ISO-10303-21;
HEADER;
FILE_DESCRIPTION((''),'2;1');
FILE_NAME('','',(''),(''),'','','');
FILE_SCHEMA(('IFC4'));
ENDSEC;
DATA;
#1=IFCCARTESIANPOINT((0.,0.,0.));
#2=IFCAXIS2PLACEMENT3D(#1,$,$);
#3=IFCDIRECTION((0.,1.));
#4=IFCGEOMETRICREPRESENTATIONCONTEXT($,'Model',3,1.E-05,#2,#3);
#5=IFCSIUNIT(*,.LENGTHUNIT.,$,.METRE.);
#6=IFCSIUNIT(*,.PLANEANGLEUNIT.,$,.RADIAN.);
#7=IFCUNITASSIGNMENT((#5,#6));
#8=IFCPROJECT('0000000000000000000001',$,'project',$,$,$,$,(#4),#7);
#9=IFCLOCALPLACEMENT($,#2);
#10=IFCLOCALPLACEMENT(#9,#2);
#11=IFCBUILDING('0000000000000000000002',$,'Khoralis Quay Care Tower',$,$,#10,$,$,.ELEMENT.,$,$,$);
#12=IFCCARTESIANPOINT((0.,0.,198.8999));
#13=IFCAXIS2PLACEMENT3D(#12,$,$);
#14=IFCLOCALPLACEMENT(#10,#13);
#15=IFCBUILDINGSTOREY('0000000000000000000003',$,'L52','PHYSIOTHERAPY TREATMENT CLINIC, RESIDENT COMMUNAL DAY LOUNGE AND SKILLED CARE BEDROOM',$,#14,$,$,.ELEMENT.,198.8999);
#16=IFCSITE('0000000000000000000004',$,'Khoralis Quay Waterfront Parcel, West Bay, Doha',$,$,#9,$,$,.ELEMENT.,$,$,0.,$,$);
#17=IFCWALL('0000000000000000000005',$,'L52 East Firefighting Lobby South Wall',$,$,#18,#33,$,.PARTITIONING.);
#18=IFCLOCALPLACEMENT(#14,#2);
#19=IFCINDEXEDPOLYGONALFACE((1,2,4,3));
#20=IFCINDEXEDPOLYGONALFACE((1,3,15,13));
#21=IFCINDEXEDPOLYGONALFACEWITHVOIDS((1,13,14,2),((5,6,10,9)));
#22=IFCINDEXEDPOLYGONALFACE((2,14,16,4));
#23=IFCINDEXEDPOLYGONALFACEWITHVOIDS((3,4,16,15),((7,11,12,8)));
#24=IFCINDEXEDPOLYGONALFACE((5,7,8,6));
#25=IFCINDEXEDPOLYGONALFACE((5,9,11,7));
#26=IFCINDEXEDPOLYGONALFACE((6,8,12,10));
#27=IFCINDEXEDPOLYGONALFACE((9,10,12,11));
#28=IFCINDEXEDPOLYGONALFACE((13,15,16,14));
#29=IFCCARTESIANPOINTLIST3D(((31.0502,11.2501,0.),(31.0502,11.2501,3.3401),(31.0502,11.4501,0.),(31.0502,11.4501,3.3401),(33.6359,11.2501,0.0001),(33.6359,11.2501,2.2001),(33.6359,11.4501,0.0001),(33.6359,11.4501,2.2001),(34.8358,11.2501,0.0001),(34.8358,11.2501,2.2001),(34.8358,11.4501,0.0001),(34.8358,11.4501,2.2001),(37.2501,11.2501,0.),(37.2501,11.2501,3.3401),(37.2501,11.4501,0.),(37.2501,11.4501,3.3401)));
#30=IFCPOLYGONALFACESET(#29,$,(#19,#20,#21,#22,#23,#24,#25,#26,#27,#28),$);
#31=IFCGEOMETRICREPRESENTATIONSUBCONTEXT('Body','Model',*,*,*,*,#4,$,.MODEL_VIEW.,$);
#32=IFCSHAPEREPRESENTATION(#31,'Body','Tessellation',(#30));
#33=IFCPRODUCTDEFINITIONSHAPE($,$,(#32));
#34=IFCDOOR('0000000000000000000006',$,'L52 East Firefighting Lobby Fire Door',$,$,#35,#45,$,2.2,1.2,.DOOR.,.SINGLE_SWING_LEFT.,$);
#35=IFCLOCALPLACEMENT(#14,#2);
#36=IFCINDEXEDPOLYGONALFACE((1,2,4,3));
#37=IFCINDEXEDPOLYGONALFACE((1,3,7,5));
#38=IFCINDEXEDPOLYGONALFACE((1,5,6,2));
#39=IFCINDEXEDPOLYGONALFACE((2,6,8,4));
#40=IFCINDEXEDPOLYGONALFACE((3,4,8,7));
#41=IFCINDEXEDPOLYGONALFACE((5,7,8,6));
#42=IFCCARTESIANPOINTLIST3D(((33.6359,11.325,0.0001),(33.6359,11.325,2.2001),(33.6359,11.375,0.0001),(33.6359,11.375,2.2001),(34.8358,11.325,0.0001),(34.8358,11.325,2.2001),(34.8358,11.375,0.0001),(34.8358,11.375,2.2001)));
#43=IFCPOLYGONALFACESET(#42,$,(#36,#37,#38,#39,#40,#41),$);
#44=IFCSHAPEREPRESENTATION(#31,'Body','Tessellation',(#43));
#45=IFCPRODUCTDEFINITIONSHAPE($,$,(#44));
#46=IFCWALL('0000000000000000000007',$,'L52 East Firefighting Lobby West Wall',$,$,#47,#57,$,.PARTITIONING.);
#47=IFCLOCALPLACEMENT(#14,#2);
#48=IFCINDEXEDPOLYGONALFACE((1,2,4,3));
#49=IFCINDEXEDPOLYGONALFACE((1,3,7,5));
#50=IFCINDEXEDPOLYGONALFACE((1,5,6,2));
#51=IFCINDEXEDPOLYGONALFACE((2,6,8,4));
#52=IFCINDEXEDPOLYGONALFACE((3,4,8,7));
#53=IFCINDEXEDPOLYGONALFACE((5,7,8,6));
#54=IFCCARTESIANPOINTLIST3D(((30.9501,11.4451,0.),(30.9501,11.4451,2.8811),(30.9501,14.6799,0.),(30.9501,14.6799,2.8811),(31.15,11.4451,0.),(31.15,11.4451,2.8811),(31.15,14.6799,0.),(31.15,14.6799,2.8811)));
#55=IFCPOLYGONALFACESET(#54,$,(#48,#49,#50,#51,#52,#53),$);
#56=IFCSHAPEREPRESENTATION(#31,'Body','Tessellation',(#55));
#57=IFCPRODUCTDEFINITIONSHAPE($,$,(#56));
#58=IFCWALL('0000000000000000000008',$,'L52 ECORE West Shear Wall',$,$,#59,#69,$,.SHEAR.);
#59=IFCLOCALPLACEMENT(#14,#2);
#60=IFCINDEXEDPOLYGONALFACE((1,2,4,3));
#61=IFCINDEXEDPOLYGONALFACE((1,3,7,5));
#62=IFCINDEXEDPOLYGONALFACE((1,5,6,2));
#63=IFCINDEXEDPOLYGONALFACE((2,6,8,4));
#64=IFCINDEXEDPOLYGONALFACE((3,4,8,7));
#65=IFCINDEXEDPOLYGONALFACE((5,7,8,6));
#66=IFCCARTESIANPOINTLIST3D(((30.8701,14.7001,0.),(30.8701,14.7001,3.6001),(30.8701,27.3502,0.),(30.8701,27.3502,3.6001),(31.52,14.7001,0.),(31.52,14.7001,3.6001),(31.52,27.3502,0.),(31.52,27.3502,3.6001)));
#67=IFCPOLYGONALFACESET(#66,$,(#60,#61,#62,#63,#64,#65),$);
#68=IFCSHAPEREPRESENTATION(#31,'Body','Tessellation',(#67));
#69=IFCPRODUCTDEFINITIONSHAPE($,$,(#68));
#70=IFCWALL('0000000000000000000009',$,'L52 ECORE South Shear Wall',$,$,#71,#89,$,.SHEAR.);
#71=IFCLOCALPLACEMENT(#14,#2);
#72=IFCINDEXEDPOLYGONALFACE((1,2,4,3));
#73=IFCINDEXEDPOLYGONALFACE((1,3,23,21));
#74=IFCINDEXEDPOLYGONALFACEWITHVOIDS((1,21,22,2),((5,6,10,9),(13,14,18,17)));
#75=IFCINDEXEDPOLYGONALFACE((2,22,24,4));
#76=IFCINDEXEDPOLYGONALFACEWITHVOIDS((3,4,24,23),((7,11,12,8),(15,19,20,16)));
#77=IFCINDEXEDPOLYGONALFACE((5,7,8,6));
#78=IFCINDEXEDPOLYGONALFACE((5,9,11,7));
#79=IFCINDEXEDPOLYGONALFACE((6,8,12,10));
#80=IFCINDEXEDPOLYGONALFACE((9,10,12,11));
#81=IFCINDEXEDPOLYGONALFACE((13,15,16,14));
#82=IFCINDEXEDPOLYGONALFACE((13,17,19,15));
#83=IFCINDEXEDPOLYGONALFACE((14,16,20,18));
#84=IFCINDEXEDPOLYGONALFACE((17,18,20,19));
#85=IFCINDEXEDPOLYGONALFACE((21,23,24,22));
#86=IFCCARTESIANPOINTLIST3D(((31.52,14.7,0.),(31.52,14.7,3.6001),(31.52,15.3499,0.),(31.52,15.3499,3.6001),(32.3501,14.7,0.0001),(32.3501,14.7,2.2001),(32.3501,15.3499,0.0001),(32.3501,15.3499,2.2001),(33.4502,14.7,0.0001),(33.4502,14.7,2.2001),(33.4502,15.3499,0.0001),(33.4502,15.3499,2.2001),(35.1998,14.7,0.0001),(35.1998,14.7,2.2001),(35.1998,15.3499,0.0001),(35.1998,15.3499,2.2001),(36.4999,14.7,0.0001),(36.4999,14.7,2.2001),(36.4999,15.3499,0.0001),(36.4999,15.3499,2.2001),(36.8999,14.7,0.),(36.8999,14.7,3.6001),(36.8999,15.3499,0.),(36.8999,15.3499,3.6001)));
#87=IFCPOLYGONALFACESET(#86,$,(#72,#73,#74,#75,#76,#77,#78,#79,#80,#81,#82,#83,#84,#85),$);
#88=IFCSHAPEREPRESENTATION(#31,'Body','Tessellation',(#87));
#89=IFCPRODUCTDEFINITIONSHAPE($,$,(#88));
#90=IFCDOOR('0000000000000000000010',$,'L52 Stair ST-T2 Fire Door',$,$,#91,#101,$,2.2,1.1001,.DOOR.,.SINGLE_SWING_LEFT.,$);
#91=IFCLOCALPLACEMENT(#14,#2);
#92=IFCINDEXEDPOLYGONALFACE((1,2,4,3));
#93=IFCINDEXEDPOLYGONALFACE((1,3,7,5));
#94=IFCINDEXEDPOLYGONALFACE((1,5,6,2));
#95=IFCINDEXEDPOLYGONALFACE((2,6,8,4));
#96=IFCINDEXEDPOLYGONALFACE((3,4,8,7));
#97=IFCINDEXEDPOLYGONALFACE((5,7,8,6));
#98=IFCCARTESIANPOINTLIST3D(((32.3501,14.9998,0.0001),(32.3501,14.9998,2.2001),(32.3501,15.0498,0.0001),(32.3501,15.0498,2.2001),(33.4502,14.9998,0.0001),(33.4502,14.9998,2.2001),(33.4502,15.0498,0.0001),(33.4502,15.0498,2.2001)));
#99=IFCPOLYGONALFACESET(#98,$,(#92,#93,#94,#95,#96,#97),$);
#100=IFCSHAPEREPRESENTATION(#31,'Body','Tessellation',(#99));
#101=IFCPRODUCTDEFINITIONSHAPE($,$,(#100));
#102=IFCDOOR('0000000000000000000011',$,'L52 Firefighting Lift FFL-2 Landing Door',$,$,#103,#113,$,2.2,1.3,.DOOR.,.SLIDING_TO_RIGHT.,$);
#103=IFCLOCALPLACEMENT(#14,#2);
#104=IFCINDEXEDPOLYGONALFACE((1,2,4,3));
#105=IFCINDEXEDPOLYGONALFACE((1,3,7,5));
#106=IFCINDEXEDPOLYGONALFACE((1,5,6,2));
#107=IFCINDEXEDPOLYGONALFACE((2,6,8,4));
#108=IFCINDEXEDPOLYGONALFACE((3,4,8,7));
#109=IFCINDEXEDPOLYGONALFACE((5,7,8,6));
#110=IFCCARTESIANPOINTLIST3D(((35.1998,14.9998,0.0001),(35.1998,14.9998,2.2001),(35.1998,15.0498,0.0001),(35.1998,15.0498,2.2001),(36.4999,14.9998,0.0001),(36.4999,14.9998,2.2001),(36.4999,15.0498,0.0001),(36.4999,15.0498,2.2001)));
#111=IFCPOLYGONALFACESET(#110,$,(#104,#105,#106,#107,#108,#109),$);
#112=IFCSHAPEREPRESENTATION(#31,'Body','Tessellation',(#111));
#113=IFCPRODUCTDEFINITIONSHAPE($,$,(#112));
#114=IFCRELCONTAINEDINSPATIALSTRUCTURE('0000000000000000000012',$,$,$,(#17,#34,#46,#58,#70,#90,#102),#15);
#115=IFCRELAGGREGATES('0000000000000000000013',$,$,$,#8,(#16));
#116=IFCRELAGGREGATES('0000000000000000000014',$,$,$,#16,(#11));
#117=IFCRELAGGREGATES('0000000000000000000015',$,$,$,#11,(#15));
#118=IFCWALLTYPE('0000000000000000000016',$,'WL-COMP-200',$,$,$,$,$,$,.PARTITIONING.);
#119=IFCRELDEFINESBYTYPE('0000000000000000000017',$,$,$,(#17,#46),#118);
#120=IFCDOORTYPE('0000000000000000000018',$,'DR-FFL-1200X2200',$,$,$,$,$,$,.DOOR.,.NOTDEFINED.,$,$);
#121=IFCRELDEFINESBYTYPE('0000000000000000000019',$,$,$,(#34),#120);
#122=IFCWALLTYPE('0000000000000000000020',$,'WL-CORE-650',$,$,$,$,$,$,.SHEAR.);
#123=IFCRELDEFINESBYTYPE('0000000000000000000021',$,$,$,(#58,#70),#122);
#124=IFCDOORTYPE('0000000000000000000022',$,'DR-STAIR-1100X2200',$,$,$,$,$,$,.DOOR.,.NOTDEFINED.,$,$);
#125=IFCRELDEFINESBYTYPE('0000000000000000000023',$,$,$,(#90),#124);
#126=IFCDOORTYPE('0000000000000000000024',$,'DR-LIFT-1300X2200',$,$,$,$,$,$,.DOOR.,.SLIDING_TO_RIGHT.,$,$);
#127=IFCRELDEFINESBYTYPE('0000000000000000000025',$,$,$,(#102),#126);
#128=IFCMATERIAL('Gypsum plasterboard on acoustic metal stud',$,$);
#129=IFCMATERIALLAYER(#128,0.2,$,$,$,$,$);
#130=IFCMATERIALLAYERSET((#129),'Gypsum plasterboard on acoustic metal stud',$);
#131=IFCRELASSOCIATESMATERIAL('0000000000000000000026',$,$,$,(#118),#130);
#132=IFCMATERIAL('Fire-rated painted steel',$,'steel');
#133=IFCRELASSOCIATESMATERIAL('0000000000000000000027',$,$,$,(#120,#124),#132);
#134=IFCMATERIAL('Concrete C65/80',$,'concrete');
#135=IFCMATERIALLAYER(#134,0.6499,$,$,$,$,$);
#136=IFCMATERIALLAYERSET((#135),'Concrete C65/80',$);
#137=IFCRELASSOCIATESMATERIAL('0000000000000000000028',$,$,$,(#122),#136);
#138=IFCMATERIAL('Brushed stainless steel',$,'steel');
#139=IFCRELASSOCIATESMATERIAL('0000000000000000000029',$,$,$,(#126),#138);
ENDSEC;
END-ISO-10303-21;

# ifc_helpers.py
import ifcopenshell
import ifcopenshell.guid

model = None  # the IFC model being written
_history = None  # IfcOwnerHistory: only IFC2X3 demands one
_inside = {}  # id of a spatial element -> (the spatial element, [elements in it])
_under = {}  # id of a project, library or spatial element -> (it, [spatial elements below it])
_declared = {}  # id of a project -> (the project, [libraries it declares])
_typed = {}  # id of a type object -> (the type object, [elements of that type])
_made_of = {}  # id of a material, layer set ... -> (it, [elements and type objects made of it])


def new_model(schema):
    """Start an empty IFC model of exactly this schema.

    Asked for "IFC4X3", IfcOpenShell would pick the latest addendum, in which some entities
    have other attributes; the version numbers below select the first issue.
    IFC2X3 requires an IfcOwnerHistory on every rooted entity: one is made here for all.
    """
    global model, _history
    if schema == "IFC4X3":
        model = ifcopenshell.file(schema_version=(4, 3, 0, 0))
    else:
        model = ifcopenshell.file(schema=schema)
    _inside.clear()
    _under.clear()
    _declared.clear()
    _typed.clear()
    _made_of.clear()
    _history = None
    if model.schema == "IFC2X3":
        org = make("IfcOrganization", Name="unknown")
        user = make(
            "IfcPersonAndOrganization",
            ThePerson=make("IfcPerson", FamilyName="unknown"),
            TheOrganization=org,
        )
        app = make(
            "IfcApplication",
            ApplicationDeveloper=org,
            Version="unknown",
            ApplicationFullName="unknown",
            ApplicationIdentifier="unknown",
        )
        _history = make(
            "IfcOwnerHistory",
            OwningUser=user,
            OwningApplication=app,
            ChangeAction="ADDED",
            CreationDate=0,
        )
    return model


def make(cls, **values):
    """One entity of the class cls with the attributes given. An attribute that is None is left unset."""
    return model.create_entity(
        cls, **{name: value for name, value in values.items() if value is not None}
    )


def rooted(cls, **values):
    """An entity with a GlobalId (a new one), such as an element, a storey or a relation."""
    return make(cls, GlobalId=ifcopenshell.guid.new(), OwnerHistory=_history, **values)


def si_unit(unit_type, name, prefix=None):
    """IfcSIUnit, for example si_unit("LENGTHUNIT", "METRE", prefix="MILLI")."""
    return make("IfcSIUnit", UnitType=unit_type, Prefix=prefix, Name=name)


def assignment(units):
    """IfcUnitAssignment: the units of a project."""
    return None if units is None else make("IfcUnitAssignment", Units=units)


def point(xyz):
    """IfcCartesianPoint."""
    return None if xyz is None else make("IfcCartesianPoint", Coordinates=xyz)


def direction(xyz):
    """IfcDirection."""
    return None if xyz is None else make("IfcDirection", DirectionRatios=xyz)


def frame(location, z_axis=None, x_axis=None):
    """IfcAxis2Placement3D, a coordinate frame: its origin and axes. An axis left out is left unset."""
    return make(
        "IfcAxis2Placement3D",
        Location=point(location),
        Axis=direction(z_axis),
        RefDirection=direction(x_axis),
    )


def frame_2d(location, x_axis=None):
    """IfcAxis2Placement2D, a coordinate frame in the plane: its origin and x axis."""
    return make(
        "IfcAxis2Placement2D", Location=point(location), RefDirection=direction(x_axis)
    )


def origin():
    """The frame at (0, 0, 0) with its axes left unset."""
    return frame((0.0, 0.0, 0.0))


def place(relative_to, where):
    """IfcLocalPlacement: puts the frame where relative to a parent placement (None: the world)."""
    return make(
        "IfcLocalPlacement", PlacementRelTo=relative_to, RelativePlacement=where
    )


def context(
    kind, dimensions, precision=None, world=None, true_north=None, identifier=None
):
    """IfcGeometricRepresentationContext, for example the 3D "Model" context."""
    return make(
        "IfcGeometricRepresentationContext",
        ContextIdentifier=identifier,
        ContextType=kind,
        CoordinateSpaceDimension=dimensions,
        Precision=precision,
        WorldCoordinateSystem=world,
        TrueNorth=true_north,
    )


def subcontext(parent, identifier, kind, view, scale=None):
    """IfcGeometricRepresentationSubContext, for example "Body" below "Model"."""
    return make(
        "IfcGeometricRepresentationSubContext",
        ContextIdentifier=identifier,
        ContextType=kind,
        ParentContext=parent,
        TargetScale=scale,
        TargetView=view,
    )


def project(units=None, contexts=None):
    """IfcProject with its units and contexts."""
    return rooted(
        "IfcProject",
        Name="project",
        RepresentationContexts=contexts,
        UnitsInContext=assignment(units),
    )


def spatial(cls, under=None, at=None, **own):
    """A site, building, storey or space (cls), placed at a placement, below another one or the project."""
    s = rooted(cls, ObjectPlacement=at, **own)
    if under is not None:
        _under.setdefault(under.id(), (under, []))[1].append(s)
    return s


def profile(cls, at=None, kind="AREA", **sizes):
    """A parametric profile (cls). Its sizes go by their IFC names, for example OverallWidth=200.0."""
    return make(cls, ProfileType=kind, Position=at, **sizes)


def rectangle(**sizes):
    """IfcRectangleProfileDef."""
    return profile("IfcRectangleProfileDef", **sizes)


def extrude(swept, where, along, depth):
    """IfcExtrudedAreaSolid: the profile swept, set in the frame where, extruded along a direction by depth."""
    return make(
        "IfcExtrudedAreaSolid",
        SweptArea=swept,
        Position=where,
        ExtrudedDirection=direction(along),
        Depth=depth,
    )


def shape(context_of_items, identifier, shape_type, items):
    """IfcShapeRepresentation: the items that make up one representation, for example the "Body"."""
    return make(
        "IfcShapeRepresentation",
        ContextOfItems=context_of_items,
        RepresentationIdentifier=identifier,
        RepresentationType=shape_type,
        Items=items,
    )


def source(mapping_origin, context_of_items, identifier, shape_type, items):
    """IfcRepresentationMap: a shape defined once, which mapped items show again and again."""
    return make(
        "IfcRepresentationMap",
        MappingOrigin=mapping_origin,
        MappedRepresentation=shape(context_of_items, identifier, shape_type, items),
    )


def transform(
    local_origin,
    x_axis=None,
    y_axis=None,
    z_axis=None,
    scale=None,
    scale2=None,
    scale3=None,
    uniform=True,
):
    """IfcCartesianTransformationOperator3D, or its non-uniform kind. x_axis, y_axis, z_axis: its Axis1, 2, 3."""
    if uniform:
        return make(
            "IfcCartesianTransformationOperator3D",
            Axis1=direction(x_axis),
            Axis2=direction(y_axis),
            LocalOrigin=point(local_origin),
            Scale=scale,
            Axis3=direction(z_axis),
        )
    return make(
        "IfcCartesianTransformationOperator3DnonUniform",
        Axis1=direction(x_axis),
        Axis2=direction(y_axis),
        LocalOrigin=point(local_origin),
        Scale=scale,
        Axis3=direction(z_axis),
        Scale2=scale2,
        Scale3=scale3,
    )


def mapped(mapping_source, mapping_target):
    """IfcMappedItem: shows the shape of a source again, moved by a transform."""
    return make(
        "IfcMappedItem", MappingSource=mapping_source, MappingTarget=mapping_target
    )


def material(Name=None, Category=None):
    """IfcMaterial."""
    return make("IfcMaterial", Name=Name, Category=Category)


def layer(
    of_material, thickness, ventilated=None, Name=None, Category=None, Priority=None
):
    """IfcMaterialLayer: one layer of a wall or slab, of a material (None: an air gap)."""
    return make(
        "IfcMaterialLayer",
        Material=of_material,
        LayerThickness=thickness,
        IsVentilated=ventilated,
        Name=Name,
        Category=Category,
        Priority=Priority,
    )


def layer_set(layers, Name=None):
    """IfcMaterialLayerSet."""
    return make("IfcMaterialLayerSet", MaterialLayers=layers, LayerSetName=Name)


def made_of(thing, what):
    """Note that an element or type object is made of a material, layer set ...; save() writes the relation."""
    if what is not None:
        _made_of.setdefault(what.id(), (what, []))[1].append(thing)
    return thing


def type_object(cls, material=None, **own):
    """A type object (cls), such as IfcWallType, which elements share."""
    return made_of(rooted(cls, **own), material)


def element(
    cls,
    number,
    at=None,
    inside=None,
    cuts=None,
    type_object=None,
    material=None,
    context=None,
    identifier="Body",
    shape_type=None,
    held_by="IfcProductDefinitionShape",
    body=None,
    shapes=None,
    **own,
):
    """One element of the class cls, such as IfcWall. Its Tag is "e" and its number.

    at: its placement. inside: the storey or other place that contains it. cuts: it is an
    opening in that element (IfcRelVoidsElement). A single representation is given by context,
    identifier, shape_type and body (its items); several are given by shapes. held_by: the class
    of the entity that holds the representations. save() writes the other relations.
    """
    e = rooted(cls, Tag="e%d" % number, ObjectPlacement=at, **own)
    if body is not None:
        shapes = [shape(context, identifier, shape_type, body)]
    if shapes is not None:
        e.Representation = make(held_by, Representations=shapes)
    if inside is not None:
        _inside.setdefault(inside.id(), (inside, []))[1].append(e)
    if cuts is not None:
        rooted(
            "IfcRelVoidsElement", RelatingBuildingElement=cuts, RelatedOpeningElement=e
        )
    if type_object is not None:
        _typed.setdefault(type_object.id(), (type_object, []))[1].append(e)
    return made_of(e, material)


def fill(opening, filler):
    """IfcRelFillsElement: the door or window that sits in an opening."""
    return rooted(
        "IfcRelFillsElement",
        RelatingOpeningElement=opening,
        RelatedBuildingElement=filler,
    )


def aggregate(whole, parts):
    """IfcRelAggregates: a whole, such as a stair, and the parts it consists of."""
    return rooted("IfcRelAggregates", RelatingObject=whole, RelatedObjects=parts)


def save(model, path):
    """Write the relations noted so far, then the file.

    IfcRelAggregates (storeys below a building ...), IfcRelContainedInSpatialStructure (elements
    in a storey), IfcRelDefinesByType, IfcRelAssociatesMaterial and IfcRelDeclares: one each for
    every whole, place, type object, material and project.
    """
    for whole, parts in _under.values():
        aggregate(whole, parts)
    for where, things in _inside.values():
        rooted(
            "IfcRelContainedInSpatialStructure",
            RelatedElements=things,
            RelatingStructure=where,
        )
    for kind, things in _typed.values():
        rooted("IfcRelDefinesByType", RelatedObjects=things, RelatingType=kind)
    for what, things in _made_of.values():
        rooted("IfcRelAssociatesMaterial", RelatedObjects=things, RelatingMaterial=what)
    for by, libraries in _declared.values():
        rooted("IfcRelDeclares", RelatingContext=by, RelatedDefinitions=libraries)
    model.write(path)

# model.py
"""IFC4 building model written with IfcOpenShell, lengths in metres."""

from ifc_helpers import new_model, si_unit, direction, frame, frame_2d, origin, place, context, subcontext, project, spatial, rectangle, extrude, source, transform, mapped, material, layer, layer_set, type_object, element, fill, save


model = new_model("IFC4")

# Units and contexts
model_context = context("Model", 3, precision=1e-05, world=origin(), true_north=direction((0.0, 1.0)))
body_context = subcontext(model_context, "Body", "Model", "MODEL_VIEW")
ifc_project = project(units=[si_unit("LENGTHUNIT", "METRE"), si_unit("PLANEANGLEUNIT", "RADIAN")], contexts=[model_context])

# Site, building, storey
site_placement = place(None, origin())
site = spatial("IfcSite", under=ifc_project, at=site_placement, Name="Khoralis Quay Waterfront Parcel, West Bay, Doha", CompositionType="ELEMENT", RefElevation=0.0)
building_placement = place(site_placement, origin())
building = spatial("IfcBuilding", under=site, at=building_placement, Name="Khoralis Quay Care Tower", CompositionType="ELEMENT")
storey_placement = place(building_placement, frame((0.0, 0.0, 198.8999)))
storey = spatial("IfcBuildingStorey", under=building, at=storey_placement, Name="L52", Description="PHYSIOTHERAPY TREATMENT CLINIC, RESIDENT COMMUNAL DAY LOUNGE AND SKILLED CARE BEDROOM", CompositionType="ELEMENT", Elevation=198.8999)

# Wall, opening, door
ifc_material_1 = material(Name="Gypsum plasterboard on acoustic metal stud")
ifc_layer_1 = layer(ifc_material_1, 0.2)
ifc_layer_set_1 = layer_set([ifc_layer_1], Name="Gypsum plasterboard on acoustic metal stud")
wall_type_1 = type_object("IfcWallType", Name="WL-COMP-200", PredefinedType="PARTITIONING", material=ifc_layer_set_1)
wall_1_placement = place(storey_placement, frame((31.05, 11.3501, 0.0), z_axis=(0.0, 0.0, 1.0), x_axis=(1.0, 0.0, 0.0)))
wall_1 = element("IfcWall", 1, at=wall_1_placement, inside=storey, type_object=wall_type_1, Name="L52 East Firefighting Lobby South Wall", PredefinedType="PARTITIONING", context=body_context, shape_type="SweptSolid", body=[
    extrude(rectangle(XDim=6.2, YDim=0.2, at=frame_2d((3.1001, 0.0))), origin(), (0.0, 0.0, 1.0), 3.3401),
])
opening_1_placement = place(wall_1_placement, frame((2.5857, 0.0, 0.0)))
opening_1 = element("IfcOpeningElement", 2, at=opening_1_placement, cuts=wall_1, PredefinedType="OPENING", context=body_context, shape_type="SweptSolid", body=[
    extrude(rectangle(XDim=1.2, YDim=2.2, at=frame_2d((0.6001, 1.1001))), frame((0.0, 0.1099, 0.0), z_axis=(0.0, -1.0, 0.0), x_axis=(1.0, 0.0, 0.0)), (0.0, 0.0, 1.0), 0.22),
])
ifc_material_2 = material(Name="Fire-rated painted steel", Category="steel")
door_type_1 = type_object("IfcDoorType", Name="DR-FFL-1200X2200", OperationType="NOTDEFINED", PredefinedType="DOOR", material=ifc_material_2)
shared_shape_1 = source(origin(), body_context, "Body", "SweptSolid", [
    extrude(rectangle(XDim=1.2, YDim=2.2, at=frame_2d((0.6001, 1.1001))), frame((0.0, 0.0249, 0.0), z_axis=(0.0, -1.0, 0.0), x_axis=(1.0, 0.0, 0.0)), (0.0, 0.0, 1.0), 0.05),
])
door_1_placement = place(opening_1_placement, origin())
door_1 = element("IfcDoor", 3, at=door_1_placement, inside=storey, type_object=door_type_1, Name="L52 East Firefighting Lobby Fire Door", OperationType="SINGLE_SWING_LEFT", OverallHeight=2.2, OverallWidth=1.2, PredefinedType="DOOR", context=body_context, shape_type="MappedRepresentation", body=[
    mapped(shared_shape_1, transform((0.0, 0.0, 0.0), scale=1.0)),
])
fill(opening_1, door_1)

# Walls
wall_2_placement = place(storey_placement, frame((31.05, 11.4451, 0.0), z_axis=(0.0, 0.0, 1.0), x_axis=(0.0, 1.0, 0.0)))
element("IfcWall", 4, at=wall_2_placement, inside=storey, type_object=wall_type_1, Name="L52 East Firefighting Lobby West Wall", PredefinedType="PARTITIONING", context=body_context, shape_type="SweptSolid", body=[
    extrude(rectangle(XDim=3.2349, YDim=0.2, at=frame_2d((1.6174, 0.0))), origin(), (0.0, 0.0, 1.0), 2.8811),
])
ifc_material_3 = material(Name="Concrete C65/80", Category="concrete")
ifc_layer_2 = layer(ifc_material_3, 0.6499)
ifc_layer_set_2 = layer_set([ifc_layer_2], Name="Concrete C65/80")
wall_type_2 = type_object("IfcWallType", Name="WL-CORE-650", PredefinedType="SHEAR", material=ifc_layer_set_2)
wall_3_placement = place(storey_placement, frame((31.1951, 14.7, 0.0), z_axis=(0.0, 0.0, 1.0), x_axis=(0.0, 1.0, 0.0)))
element("IfcWall", 5, at=wall_3_placement, inside=storey, type_object=wall_type_2, Name="L52 ECORE West Shear Wall", PredefinedType="SHEAR", context=body_context, shape_type="SweptSolid", body=[
    extrude(rectangle(XDim=12.6501, YDim=0.6499, at=frame_2d((6.3252, 0.0))), origin(), (0.0, 0.0, 1.0), 3.6001),
])

# Wall, openings, doors
wall_4_placement = place(storey_placement, frame((31.52, 15.0249, 0.0), z_axis=(0.0, 0.0, 1.0), x_axis=(1.0, 0.0, 0.0)))
wall_4 = element("IfcWall", 6, at=wall_4_placement, inside=storey, type_object=wall_type_2, Name="L52 ECORE South Shear Wall", PredefinedType="SHEAR", context=body_context, shape_type="SweptSolid", body=[
    extrude(rectangle(XDim=5.3799, YDim=0.6499, at=frame_2d((2.6899, 0.0))), origin(), (0.0, 0.0, 1.0), 3.6001),
])
opening_2_placement = place(wall_4_placement, frame((0.8301, 0.0, 0.0)))
opening_2 = element("IfcOpeningElement", 7, at=opening_2_placement, cuts=wall_4, PredefinedType="OPENING", context=body_context, shape_type="SweptSolid", body=[
    extrude(rectangle(XDim=1.1001, YDim=2.2, at=frame_2d((0.55, 1.1001))), frame((0.0, 0.335, 0.0), z_axis=(0.0, -1.0, 0.0), x_axis=(1.0, 0.0, 0.0)), (0.0, 0.0, 1.0), 0.6699),
])
opening_3_placement = place(wall_4_placement, frame((3.6799, 0.0, 0.0)))
opening_3 = element("IfcOpeningElement", 8, at=opening_3_placement, cuts=wall_4, PredefinedType="OPENING", context=body_context, shape_type="SweptSolid", body=[
    extrude(rectangle(XDim=1.3, YDim=2.2, at=frame_2d((0.6499, 1.1001))), frame((0.0, 0.335, 0.0), z_axis=(0.0, -1.0, 0.0), x_axis=(1.0, 0.0, 0.0)), (0.0, 0.0, 1.0), 0.6699),
])
door_type_2 = type_object("IfcDoorType", Name="DR-STAIR-1100X2200", OperationType="NOTDEFINED", PredefinedType="DOOR", material=ifc_material_2)
shared_shape_2 = source(origin(), body_context, "Body", "SweptSolid", [
    extrude(rectangle(XDim=1.1001, YDim=2.2, at=frame_2d((0.55, 1.1001))), frame((0.0, 0.0249, 0.0), z_axis=(0.0, -1.0, 0.0), x_axis=(1.0, 0.0, 0.0)), (0.0, 0.0, 1.0), 0.05),
])
door_2_placement = place(opening_2_placement, origin())
door_2 = element("IfcDoor", 9, at=door_2_placement, inside=storey, type_object=door_type_2, Name="L52 Stair ST-T2 Fire Door", OperationType="SINGLE_SWING_LEFT", OverallHeight=2.2, OverallWidth=1.1001, PredefinedType="DOOR", context=body_context, shape_type="MappedRepresentation", body=[
    mapped(shared_shape_2, transform((0.0, 0.0, 0.0), scale=1.0)),
])
fill(opening_2, door_2)
ifc_material_4 = material(Name="Brushed stainless steel", Category="steel")
door_type_3 = type_object("IfcDoorType", Name="DR-LIFT-1300X2200", OperationType="SLIDING_TO_RIGHT", PredefinedType="DOOR", material=ifc_material_4)
shared_shape_3 = source(origin(), body_context, "Body", "SweptSolid", [
    extrude(rectangle(XDim=1.3, YDim=2.2, at=frame_2d((0.6499, 1.1001))), frame((0.0, 0.0249, 0.0), z_axis=(0.0, -1.0, 0.0), x_axis=(1.0, 0.0, 0.0)), (0.0, 0.0, 1.0), 0.05),
])
door_3_placement = place(opening_3_placement, origin())
door_3 = element("IfcDoor", 10, at=door_3_placement, inside=storey, type_object=door_type_3, Name="L52 Firefighting Lift FFL-2 Landing Door", OperationType="SLIDING_TO_RIGHT", OverallHeight=2.2, OverallWidth=1.3, PredefinedType="DOOR", context=body_context, shape_type="MappedRepresentation", body=[
    mapped(shared_shape_3, transform((0.0, 0.0, 0.0), scale=1.0)),
])
fill(opening_3, door_3)

save(model, "model.ifc")
